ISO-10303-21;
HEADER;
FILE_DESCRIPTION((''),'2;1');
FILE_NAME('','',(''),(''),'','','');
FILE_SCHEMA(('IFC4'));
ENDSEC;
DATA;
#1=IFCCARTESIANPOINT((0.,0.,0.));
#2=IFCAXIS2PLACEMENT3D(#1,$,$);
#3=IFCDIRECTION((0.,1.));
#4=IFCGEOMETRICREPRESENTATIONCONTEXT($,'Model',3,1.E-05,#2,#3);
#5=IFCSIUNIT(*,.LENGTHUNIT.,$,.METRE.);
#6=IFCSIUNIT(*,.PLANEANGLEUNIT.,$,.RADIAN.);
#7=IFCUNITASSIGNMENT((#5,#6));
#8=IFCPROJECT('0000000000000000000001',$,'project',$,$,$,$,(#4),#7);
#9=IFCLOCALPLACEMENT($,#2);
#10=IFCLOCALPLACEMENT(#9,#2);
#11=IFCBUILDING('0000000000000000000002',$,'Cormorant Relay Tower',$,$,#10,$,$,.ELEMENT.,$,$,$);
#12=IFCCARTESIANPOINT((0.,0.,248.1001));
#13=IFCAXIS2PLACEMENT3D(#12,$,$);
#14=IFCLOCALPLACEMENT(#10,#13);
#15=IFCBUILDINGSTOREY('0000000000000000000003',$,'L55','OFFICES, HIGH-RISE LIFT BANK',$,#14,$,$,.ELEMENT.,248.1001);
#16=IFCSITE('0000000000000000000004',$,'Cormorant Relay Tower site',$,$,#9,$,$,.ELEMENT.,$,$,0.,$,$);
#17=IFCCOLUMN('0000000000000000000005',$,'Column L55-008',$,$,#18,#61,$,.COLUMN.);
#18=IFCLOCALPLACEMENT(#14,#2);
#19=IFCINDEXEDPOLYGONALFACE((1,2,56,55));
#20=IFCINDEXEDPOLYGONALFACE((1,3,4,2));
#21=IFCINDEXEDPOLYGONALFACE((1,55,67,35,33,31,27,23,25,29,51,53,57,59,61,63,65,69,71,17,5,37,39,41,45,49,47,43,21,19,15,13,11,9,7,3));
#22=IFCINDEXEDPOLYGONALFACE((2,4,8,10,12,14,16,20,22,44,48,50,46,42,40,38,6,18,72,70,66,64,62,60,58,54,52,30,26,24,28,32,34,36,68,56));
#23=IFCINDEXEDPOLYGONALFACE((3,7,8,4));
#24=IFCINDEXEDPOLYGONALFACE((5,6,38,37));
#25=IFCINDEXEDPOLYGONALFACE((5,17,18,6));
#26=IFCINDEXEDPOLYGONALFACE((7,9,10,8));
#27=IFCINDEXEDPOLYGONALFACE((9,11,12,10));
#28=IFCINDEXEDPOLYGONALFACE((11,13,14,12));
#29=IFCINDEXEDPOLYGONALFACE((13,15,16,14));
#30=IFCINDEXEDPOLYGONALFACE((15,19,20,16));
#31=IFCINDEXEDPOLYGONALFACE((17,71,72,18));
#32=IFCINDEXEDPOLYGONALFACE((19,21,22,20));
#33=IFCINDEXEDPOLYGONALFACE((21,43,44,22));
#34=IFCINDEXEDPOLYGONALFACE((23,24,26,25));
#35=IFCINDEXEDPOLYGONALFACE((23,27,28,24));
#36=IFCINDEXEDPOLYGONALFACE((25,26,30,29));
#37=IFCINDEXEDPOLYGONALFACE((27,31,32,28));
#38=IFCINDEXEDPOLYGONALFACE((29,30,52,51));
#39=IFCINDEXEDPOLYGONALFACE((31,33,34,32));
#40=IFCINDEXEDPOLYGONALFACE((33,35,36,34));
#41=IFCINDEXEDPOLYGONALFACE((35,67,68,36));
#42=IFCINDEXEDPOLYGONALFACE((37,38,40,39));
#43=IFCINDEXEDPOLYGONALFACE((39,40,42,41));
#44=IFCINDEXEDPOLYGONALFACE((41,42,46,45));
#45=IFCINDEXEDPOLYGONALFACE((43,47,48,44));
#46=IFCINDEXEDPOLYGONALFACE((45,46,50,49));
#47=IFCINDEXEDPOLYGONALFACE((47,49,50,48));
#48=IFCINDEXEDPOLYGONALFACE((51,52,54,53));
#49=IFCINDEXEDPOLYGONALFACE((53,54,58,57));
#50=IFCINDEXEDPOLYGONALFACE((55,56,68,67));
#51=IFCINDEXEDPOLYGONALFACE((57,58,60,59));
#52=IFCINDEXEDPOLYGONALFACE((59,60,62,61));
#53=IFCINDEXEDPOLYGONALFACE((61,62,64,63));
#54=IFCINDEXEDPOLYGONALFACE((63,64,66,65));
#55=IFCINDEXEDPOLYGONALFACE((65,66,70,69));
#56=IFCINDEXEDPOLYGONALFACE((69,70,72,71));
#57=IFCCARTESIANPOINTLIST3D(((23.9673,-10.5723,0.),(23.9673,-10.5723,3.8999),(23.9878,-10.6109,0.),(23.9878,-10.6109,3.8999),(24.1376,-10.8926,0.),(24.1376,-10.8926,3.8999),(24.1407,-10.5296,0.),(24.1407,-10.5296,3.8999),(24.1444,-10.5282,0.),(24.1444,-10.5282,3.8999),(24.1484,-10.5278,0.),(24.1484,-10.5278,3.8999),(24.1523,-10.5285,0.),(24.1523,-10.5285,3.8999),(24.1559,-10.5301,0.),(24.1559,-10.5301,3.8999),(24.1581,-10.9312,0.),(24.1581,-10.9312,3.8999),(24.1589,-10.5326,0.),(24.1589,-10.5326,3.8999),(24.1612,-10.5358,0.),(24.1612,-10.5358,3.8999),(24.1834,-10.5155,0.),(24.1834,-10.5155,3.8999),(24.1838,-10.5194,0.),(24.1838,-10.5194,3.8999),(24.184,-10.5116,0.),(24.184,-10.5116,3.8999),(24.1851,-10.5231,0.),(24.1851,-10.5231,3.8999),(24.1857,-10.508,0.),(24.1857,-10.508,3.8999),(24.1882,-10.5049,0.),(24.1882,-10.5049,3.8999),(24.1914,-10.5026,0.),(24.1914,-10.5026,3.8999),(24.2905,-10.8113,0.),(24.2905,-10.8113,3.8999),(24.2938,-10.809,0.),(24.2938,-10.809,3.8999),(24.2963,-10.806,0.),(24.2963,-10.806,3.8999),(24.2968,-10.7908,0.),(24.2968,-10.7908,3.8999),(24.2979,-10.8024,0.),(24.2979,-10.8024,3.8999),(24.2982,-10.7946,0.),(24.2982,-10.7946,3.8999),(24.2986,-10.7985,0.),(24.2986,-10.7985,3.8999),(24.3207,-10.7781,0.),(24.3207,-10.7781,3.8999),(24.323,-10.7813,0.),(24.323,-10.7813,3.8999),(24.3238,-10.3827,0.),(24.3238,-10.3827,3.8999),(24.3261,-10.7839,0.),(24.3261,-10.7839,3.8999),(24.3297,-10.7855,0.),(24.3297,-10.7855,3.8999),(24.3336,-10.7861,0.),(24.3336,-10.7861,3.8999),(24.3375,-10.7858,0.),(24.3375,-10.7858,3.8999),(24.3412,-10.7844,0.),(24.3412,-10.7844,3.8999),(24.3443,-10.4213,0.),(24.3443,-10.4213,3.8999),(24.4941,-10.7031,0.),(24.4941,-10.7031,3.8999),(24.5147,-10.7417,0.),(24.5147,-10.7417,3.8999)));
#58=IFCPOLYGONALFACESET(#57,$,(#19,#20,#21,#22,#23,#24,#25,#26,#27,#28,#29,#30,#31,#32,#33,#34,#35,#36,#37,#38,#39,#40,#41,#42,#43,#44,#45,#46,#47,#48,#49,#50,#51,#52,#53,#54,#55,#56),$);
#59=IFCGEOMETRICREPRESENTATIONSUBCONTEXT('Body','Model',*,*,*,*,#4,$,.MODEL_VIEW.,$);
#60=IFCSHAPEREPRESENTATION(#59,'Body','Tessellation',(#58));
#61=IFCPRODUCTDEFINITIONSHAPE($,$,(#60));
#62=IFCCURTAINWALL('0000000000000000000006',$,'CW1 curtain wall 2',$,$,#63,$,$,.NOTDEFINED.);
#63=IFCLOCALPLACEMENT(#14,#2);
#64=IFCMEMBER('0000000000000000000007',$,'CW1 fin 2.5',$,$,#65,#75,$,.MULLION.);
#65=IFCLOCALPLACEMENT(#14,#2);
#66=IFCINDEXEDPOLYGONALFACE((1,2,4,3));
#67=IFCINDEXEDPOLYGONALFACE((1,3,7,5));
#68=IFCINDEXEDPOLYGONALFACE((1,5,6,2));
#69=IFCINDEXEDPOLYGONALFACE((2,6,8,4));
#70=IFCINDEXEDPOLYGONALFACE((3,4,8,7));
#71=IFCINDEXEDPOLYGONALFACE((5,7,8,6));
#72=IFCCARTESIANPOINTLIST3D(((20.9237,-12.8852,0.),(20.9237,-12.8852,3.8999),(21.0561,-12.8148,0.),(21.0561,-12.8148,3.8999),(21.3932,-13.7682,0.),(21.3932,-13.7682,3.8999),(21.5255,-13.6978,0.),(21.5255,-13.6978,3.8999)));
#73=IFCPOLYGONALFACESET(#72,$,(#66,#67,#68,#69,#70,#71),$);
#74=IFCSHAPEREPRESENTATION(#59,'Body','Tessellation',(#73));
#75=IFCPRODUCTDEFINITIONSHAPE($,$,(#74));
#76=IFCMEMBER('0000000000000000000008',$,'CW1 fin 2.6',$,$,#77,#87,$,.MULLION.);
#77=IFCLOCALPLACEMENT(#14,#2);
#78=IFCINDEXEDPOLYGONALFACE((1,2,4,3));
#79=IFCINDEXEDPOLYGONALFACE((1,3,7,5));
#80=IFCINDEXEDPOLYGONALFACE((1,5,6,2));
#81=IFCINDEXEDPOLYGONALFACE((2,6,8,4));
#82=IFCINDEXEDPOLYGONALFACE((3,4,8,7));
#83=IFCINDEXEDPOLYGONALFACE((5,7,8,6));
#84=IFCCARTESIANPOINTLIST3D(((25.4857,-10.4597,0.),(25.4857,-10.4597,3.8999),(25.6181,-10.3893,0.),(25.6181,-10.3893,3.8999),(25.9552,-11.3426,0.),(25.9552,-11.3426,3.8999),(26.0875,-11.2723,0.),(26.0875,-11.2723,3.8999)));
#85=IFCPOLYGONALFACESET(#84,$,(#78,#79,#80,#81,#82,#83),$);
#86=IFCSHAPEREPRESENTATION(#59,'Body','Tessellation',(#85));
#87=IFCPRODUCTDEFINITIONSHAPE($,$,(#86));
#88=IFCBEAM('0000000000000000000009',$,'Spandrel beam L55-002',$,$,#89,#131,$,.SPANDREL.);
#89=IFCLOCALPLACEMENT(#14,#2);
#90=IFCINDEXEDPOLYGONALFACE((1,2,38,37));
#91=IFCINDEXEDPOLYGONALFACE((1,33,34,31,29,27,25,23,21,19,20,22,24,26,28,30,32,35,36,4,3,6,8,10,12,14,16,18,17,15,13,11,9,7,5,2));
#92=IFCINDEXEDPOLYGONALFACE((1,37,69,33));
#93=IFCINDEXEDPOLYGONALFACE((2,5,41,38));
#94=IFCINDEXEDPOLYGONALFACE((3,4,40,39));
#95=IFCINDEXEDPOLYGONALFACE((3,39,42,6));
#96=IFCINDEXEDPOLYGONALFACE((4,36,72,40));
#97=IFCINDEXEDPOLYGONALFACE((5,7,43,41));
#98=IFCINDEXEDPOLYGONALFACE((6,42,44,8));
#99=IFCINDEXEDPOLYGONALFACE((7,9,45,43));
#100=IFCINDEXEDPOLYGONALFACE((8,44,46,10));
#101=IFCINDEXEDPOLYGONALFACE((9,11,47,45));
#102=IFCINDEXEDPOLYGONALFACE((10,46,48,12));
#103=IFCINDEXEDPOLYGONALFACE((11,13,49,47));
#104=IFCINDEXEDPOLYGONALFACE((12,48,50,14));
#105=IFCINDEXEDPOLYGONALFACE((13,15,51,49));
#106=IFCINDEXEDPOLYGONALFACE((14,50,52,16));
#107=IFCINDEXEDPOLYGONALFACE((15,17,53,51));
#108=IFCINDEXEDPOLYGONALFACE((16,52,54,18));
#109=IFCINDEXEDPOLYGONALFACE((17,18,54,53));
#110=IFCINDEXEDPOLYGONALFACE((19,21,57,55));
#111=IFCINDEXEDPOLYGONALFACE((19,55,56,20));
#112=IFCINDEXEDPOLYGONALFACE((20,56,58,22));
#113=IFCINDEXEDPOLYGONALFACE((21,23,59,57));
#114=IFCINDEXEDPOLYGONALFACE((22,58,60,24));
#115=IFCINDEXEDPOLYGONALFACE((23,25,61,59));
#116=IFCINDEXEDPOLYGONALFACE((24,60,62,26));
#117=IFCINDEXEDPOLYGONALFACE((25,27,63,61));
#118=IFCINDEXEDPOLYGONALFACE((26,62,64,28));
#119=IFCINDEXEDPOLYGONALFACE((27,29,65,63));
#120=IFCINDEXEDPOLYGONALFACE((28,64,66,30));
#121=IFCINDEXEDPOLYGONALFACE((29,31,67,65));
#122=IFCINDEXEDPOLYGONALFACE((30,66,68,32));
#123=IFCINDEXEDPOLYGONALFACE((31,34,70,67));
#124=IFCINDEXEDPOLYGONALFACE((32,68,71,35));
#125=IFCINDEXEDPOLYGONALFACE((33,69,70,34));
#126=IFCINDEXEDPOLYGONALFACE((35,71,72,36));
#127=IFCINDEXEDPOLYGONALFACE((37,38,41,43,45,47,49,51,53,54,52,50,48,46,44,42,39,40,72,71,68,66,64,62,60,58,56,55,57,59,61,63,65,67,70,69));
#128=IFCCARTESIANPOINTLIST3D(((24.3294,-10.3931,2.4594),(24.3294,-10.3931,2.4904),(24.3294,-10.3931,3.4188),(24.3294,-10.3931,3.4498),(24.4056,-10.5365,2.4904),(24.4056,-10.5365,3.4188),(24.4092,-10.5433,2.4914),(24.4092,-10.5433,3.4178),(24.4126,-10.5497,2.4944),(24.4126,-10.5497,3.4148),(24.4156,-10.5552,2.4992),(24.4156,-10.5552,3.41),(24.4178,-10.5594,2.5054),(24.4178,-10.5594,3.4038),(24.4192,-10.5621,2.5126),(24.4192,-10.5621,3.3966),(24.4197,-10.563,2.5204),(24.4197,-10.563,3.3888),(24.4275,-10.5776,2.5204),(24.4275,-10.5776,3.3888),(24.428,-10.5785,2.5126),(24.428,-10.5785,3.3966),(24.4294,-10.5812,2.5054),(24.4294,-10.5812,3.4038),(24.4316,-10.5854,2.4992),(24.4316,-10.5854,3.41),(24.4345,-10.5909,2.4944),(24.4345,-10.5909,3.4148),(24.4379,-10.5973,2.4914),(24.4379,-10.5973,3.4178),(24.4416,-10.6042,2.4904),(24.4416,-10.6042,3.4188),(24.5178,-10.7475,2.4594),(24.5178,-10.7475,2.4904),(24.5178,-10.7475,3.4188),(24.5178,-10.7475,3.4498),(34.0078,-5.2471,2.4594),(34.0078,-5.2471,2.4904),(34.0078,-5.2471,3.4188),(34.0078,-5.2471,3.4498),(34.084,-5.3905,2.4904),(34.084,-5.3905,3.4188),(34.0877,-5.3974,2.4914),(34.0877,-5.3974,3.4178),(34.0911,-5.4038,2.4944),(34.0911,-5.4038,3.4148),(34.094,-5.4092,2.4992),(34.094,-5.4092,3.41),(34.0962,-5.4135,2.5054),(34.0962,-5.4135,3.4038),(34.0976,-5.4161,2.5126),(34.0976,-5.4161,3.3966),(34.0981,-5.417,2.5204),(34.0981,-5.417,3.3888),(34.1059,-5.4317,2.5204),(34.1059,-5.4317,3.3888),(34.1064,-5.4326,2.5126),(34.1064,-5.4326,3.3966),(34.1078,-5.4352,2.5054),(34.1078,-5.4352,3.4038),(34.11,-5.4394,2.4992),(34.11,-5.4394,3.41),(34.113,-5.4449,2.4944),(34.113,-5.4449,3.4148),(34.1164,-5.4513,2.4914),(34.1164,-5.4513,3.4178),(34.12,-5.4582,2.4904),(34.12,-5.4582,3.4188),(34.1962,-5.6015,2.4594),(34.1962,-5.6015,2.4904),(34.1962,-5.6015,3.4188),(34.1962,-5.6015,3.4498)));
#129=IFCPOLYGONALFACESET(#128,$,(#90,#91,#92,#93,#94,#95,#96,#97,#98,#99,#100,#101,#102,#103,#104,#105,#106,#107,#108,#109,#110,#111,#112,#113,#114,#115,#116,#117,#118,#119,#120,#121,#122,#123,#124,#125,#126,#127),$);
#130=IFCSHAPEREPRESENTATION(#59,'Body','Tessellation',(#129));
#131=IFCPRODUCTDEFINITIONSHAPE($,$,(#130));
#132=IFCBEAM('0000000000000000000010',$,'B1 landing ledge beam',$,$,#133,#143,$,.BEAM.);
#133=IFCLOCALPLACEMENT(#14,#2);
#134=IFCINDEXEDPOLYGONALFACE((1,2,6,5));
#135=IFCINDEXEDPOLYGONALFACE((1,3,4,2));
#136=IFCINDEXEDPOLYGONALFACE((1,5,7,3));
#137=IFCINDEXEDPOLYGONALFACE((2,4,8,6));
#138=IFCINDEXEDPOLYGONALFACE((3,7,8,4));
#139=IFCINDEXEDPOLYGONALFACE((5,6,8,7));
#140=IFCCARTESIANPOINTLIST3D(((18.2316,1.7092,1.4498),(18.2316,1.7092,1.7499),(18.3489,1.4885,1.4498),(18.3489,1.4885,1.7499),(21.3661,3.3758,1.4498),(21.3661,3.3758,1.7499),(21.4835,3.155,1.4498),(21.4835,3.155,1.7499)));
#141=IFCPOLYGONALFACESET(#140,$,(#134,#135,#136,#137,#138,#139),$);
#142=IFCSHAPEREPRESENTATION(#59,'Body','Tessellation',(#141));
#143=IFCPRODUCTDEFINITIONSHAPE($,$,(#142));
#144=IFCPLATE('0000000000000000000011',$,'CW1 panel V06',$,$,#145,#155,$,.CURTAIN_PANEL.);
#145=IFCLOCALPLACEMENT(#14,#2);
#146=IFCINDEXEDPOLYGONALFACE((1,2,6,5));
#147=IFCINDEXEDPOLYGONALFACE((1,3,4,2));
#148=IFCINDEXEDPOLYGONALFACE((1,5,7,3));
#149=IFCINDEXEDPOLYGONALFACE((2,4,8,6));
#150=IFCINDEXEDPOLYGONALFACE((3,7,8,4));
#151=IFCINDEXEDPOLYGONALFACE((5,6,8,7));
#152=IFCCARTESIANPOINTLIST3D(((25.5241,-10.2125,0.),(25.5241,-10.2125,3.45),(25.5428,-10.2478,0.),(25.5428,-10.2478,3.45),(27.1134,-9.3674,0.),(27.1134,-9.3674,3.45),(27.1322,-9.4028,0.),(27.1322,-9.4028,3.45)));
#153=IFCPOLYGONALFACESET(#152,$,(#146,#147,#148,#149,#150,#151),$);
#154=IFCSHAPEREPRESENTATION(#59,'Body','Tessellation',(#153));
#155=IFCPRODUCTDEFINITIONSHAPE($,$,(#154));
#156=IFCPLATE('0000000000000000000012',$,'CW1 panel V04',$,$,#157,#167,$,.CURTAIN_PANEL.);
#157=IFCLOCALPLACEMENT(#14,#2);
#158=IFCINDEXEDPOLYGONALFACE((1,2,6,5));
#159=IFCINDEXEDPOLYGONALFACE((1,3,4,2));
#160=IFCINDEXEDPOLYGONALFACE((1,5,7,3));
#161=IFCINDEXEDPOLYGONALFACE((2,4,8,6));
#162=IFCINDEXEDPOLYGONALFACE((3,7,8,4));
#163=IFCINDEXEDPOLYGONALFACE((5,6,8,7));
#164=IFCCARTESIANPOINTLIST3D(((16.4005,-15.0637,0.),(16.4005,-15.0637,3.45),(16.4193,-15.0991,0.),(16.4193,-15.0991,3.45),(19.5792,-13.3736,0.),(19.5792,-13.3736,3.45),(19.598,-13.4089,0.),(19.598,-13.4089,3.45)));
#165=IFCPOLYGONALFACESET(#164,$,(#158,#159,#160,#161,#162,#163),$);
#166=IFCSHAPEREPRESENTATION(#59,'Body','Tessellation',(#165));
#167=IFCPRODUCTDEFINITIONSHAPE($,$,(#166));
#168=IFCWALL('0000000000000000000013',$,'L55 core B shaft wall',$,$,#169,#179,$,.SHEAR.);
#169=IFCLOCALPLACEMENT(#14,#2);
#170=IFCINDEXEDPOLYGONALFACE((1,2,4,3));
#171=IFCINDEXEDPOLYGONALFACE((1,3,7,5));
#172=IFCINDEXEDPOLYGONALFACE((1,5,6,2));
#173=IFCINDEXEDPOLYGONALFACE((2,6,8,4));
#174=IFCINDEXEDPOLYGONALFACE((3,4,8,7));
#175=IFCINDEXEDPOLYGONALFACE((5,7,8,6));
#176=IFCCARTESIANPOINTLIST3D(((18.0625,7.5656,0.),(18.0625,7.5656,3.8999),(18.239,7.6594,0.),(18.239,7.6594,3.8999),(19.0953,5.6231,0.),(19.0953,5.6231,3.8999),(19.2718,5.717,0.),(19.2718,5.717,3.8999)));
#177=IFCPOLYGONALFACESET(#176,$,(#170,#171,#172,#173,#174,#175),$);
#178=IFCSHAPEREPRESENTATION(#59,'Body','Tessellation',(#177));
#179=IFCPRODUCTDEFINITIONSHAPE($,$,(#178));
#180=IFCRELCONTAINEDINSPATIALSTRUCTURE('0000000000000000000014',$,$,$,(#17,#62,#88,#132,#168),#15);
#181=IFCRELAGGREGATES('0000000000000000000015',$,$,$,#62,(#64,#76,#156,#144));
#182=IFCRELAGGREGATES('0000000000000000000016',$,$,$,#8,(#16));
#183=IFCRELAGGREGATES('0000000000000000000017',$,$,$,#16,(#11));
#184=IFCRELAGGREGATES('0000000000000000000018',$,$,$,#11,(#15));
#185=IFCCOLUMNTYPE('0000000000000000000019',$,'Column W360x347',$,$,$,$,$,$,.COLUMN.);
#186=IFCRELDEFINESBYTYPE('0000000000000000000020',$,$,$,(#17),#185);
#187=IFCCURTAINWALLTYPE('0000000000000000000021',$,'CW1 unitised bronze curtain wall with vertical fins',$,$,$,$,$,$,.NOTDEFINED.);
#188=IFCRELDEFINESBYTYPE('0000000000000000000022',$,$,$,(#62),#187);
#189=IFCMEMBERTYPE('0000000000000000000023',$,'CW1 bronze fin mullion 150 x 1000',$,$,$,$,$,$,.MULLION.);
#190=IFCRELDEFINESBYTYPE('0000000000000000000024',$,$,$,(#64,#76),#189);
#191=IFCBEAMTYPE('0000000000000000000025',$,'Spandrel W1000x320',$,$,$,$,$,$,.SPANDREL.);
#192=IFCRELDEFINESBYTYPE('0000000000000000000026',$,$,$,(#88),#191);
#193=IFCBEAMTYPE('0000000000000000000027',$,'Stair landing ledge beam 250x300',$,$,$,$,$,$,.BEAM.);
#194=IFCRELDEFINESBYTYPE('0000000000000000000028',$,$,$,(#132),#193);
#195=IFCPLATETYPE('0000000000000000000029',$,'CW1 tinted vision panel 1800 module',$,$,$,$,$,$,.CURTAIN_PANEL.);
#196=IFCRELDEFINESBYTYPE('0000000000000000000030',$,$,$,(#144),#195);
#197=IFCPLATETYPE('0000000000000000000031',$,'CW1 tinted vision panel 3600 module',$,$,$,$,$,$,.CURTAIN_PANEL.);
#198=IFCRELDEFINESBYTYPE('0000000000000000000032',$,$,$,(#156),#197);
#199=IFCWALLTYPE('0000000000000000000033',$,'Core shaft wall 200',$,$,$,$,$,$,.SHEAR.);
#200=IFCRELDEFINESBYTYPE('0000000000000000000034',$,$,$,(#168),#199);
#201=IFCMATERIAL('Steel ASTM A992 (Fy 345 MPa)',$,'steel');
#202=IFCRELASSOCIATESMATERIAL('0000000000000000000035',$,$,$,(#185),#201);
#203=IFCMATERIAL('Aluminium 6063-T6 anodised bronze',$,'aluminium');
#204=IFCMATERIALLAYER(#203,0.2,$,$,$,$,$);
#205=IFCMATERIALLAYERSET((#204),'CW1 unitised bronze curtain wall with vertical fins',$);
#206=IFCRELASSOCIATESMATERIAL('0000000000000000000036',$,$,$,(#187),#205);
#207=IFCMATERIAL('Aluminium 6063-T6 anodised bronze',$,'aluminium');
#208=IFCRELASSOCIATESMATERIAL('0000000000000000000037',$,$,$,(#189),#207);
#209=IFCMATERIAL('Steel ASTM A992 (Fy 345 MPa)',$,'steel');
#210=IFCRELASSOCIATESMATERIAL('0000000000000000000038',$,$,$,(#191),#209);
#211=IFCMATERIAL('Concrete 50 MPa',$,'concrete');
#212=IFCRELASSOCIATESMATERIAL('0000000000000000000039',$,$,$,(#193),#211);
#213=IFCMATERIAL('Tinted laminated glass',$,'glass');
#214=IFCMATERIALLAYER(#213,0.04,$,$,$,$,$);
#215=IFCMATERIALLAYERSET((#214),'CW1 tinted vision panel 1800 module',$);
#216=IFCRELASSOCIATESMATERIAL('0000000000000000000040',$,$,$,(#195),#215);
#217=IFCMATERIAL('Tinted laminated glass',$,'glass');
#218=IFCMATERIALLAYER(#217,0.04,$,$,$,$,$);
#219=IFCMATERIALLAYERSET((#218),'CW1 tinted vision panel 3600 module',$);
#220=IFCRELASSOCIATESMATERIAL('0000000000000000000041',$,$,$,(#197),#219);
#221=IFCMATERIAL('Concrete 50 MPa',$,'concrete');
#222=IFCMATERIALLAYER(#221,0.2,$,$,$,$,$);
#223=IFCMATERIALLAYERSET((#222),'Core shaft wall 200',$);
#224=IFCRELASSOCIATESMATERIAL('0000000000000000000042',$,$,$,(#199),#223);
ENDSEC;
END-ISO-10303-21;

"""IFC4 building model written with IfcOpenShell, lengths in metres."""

from ifc_helpers import new_model, si_unit, direction, frame, frame_2d, origin, origin_2d, place, context, subcontext, project, spatial, rectangle, i_section, extrude, material, layer, layer_set, material_profile, profile_set, type_object, element, aggregate, save


model = new_model("IFC4")

# Units and contexts
model_context = context("Model", 3, precision=1e-05, world=origin(), true_north=direction((0.0, 1.0)))
body_context = subcontext(model_context, "Body", "Model", "MODEL_VIEW")
ifc_project = project(units=[si_unit("LENGTHUNIT", "METRE"), si_unit("PLANEANGLEUNIT", "RADIAN")], contexts=[model_context])

# Site, building, storey
site_placement = place(None, origin())
site = spatial("IfcSite", under=ifc_project, at=site_placement, Name="Cormorant Relay Tower site", CompositionType="ELEMENT", RefElevation=0.0)
building_placement = place(site_placement, origin())
building = spatial("IfcBuilding", under=site, at=building_placement, Name="Cormorant Relay Tower", CompositionType="ELEMENT")
storey_placement = place(building_placement, frame((0.0, 0.0, 248.1001)))
storey = spatial("IfcBuildingStorey", under=building, at=storey_placement, Name="L55", Description="OFFICES, HIGH-RISE LIFT BANK", CompositionType="ELEMENT", Elevation=248.1001)

# Column
ifc_material_1 = material(Name="Steel ASTM A992 (Fy 345 MPa)", Category="steel")
ifc_material_profile_1 = material_profile(ifc_material_1, i_section(OverallWidth=0.4038, OverallDepth=0.4065, WebThickness=0.0271, FlangeThickness=0.0437, FilletRadius=0.0151, at=origin_2d()), Name="W360x347")
ifc_profile_set_1 = profile_set([ifc_material_profile_1], Name="Steel ASTM A992 (Fy 345 MPa)")
column_type = type_object("IfcColumnType", Name="Column W360x347", PredefinedType="COLUMN", material=ifc_profile_set_1)
column_placement = place(storey_placement, frame((24.241, -10.657, 0.0), z_axis=(0.0, 0.0, 1.0), x_axis=(0.882948, 0.469472, 0.0)))
element("IfcColumn", 1, at=column_placement, inside=storey, type_object=column_type, Name="Column L55-008", PredefinedType="COLUMN", context=body_context, shape_type="SweptSolid", body=[
    extrude(i_section(OverallWidth=0.4038, OverallDepth=0.4065, WebThickness=0.0271, FlangeThickness=0.0437, FilletRadius=0.0151, at=origin_2d()), origin(), (0.0, 0.0, 1.0), 3.8999),
])

# Curtain wall, members
ifc_material_2 = material(Name="Aluminium 6063-T6 anodised bronze", Category="aluminium")
ifc_layer_1 = layer(ifc_material_2, 0.2)
ifc_layer_set_1 = layer_set([ifc_layer_1], Name="CW1 unitised bronze curtain wall with vertical fins")
curtain_wall_type = type_object("IfcCurtainWallType", Name="CW1 unitised bronze curtain wall with vertical fins", PredefinedType="NOTDEFINED", material=ifc_layer_set_1)
curtain_wall_placement = place(storey_placement, origin())
curtain_wall = element("IfcCurtainWall", 2, at=curtain_wall_placement, inside=storey, type_object=curtain_wall_type, Name="CW1 curtain wall 2", PredefinedType="NOTDEFINED")
ifc_material_3 = material(Name="Aluminium 6063-T6 anodised bronze", Category="aluminium")
ifc_material_profile_2 = material_profile(ifc_material_3, rectangle(XDim=0.1499, YDim=1.0, at=origin_2d()), Name="AL 150x1000")
ifc_profile_set_2 = profile_set([ifc_material_profile_2], Name="Aluminium 6063-T6 anodised bronze")
member_type = type_object("IfcMemberType", Name="CW1 bronze fin mullion 150 x 1000", PredefinedType="MULLION", material=ifc_profile_set_2)
member_1_placement = place(storey_placement, frame((21.2246, -13.2915, 0.0), z_axis=(0.0, 0.0, 1.0), x_axis=(0.882948, 0.469472, 0.0)))
member_1 = element("IfcMember", 3, at=member_1_placement, type_object=member_type, Name="CW1 fin 2.5", PredefinedType="MULLION", context=body_context, shape_type="SweptSolid", body=[
    extrude(rectangle(XDim=0.1499, YDim=1.0, at=origin_2d()), origin(), (0.0, 0.0, 1.0), 3.8999),
])
member_2_placement = place(storey_placement, frame((25.7866, -10.866, 0.0), z_axis=(0.0, 0.0, 1.0), x_axis=(0.882948, 0.469472, 0.0)))
member_2 = element("IfcMember", 4, at=member_2_placement, type_object=member_type, Name="CW1 fin 2.6", PredefinedType="MULLION", context=body_context, shape_type="SweptSolid", body=[
    extrude(rectangle(XDim=0.1499, YDim=1.0, at=origin_2d()), origin(), (0.0, 0.0, 1.0), 3.8999),
])

# Beams
ifc_material_4 = material(Name="Steel ASTM A992 (Fy 345 MPa)", Category="steel")
ifc_material_profile_3 = material_profile(ifc_material_4, i_section(OverallWidth=0.4014, OverallDepth=0.9905, WebThickness=0.0166, FlangeThickness=0.031, FilletRadius=0.03, at=origin_2d()), Name="W1000x320")
ifc_profile_set_3 = profile_set([ifc_material_profile_3], Name="Steel ASTM A992 (Fy 345 MPa)")
beam_type_1 = type_object("IfcBeamType", Name="Spandrel W1000x320", PredefinedType="SPANDREL", material=ifc_profile_set_3)
beam_1_placement = place(storey_placement, frame((24.4236, -10.5703, 2.9546), z_axis=(0.882953, 0.469462, 0.0), x_axis=(-0.469462, 0.882953, 0.0)))
element("IfcBeam", 5, at=beam_1_placement, inside=storey, type_object=beam_type_1, Name="Spandrel beam L55-002", PredefinedType="SPANDREL", context=body_context, shape_type="SweptSolid", body=[
    extrude(i_section(OverallWidth=0.4014, OverallDepth=0.9905, WebThickness=0.0166, FlangeThickness=0.031, FilletRadius=0.03, at=origin_2d()), origin(), (0.0, 0.0, 1.0), 10.9614),
])
ifc_material_5 = material(Name="Concrete 50 MPa", Category="concrete")
ifc_material_profile_4 = material_profile(ifc_material_5, rectangle(XDim=0.25, YDim=0.3, at=origin_2d()), Name="RC 250x300")
ifc_profile_set_4 = profile_set([ifc_material_profile_4], Name="Concrete 50 MPa")
beam_type_2 = type_object("IfcBeamType", Name="Stair landing ledge beam 250x300", PredefinedType="BEAM", material=ifc_profile_set_4)
beam_2_placement = place(storey_placement, frame((21.4248, 3.2654, 1.5999), z_axis=(-0.882965, -0.469438, 0.0), x_axis=(0.469438, -0.882965, 0.0)))
element("IfcBeam", 6, at=beam_2_placement, inside=storey, type_object=beam_type_2, Name="B1 landing ledge beam", PredefinedType="BEAM", context=body_context, shape_type="SweptSolid", body=[
    extrude(rectangle(XDim=0.25, YDim=0.3, at=origin_2d()), origin(), (0.0, 0.0, 1.0), 3.55),
])

# Plates
ifc_material_6 = material(Name="Tinted laminated glass", Category="glass")
ifc_layer_2 = layer(ifc_material_6, 0.04)
ifc_layer_set_2 = layer_set([ifc_layer_2], Name="CW1 tinted vision panel 1800 module")
plate_type_1 = type_object("IfcPlateType", Name="CW1 tinted vision panel 1800 module", PredefinedType="CURTAIN_PANEL", material=ifc_layer_set_2)
plate_1_placement = place(storey_placement, frame((26.3281, -9.8076, 0.0), z_axis=(0.0, 0.0, 1.0), x_axis=(0.882948, 0.469472, 0.0)))
plate_1 = element("IfcPlate", 7, at=plate_1_placement, type_object=plate_type_1, Name="CW1 panel V06", PredefinedType="CURTAIN_PANEL", context=body_context, shape_type="SweptSolid", body=[
    extrude(rectangle(XDim=1.8, YDim=0.04, at=origin_2d()), origin(), (0.0, 0.0, 1.0), 3.45),
])
ifc_material_7 = material(Name="Tinted laminated glass", Category="glass")
ifc_layer_3 = layer(ifc_material_7, 0.04)
ifc_layer_set_3 = layer_set([ifc_layer_3], Name="CW1 tinted vision panel 3600 module")
plate_type_2 = type_object("IfcPlateType", Name="CW1 tinted vision panel 3600 module", PredefinedType="CURTAIN_PANEL", material=ifc_layer_set_3)
plate_2_placement = place(storey_placement, frame((17.9993, -14.2363, 0.0), z_axis=(0.0, 0.0, 1.0), x_axis=(0.882948, 0.469472, 0.0)))
plate_2 = element("IfcPlate", 8, at=plate_2_placement, type_object=plate_type_2, Name="CW1 panel V04", PredefinedType="CURTAIN_PANEL", context=body_context, shape_type="SweptSolid", body=[
    extrude(rectangle(XDim=3.6001, YDim=0.04, at=origin_2d()), origin(), (0.0, 0.0, 1.0), 3.45),
])

# Wall
ifc_material_8 = material(Name="Concrete 50 MPa", Category="concrete")
ifc_layer_4 = layer(ifc_material_8, 0.2)
ifc_layer_set_4 = layer_set([ifc_layer_4], Name="Core shaft wall 200")
wall_type_1 = type_object("IfcWallType", Name="Core shaft wall 200", PredefinedType="SHEAR", material=ifc_layer_set_4)
wall_1_placement = place(storey_placement, frame((19.1836, 5.6699, 0.0), z_axis=(0.0, 0.0, 1.0), x_axis=(-0.469447, 0.88296, 0.0)))
element("IfcWall", 9, at=wall_1_placement, inside=storey, type_object=wall_type_1, Name="L55 core B shaft wall", PredefinedType="SHEAR", context=body_context, shape_type="SweptSolid", body=[
    extrude(rectangle(XDim=2.2, YDim=0.2, at=frame_2d((1.1001, 0.0))), origin(), (0.0, 0.0, 1.0), 3.8999),
])

aggregate(curtain_wall, [member_1, member_2, plate_2, plate_1])

save(model, "model.ifc")
